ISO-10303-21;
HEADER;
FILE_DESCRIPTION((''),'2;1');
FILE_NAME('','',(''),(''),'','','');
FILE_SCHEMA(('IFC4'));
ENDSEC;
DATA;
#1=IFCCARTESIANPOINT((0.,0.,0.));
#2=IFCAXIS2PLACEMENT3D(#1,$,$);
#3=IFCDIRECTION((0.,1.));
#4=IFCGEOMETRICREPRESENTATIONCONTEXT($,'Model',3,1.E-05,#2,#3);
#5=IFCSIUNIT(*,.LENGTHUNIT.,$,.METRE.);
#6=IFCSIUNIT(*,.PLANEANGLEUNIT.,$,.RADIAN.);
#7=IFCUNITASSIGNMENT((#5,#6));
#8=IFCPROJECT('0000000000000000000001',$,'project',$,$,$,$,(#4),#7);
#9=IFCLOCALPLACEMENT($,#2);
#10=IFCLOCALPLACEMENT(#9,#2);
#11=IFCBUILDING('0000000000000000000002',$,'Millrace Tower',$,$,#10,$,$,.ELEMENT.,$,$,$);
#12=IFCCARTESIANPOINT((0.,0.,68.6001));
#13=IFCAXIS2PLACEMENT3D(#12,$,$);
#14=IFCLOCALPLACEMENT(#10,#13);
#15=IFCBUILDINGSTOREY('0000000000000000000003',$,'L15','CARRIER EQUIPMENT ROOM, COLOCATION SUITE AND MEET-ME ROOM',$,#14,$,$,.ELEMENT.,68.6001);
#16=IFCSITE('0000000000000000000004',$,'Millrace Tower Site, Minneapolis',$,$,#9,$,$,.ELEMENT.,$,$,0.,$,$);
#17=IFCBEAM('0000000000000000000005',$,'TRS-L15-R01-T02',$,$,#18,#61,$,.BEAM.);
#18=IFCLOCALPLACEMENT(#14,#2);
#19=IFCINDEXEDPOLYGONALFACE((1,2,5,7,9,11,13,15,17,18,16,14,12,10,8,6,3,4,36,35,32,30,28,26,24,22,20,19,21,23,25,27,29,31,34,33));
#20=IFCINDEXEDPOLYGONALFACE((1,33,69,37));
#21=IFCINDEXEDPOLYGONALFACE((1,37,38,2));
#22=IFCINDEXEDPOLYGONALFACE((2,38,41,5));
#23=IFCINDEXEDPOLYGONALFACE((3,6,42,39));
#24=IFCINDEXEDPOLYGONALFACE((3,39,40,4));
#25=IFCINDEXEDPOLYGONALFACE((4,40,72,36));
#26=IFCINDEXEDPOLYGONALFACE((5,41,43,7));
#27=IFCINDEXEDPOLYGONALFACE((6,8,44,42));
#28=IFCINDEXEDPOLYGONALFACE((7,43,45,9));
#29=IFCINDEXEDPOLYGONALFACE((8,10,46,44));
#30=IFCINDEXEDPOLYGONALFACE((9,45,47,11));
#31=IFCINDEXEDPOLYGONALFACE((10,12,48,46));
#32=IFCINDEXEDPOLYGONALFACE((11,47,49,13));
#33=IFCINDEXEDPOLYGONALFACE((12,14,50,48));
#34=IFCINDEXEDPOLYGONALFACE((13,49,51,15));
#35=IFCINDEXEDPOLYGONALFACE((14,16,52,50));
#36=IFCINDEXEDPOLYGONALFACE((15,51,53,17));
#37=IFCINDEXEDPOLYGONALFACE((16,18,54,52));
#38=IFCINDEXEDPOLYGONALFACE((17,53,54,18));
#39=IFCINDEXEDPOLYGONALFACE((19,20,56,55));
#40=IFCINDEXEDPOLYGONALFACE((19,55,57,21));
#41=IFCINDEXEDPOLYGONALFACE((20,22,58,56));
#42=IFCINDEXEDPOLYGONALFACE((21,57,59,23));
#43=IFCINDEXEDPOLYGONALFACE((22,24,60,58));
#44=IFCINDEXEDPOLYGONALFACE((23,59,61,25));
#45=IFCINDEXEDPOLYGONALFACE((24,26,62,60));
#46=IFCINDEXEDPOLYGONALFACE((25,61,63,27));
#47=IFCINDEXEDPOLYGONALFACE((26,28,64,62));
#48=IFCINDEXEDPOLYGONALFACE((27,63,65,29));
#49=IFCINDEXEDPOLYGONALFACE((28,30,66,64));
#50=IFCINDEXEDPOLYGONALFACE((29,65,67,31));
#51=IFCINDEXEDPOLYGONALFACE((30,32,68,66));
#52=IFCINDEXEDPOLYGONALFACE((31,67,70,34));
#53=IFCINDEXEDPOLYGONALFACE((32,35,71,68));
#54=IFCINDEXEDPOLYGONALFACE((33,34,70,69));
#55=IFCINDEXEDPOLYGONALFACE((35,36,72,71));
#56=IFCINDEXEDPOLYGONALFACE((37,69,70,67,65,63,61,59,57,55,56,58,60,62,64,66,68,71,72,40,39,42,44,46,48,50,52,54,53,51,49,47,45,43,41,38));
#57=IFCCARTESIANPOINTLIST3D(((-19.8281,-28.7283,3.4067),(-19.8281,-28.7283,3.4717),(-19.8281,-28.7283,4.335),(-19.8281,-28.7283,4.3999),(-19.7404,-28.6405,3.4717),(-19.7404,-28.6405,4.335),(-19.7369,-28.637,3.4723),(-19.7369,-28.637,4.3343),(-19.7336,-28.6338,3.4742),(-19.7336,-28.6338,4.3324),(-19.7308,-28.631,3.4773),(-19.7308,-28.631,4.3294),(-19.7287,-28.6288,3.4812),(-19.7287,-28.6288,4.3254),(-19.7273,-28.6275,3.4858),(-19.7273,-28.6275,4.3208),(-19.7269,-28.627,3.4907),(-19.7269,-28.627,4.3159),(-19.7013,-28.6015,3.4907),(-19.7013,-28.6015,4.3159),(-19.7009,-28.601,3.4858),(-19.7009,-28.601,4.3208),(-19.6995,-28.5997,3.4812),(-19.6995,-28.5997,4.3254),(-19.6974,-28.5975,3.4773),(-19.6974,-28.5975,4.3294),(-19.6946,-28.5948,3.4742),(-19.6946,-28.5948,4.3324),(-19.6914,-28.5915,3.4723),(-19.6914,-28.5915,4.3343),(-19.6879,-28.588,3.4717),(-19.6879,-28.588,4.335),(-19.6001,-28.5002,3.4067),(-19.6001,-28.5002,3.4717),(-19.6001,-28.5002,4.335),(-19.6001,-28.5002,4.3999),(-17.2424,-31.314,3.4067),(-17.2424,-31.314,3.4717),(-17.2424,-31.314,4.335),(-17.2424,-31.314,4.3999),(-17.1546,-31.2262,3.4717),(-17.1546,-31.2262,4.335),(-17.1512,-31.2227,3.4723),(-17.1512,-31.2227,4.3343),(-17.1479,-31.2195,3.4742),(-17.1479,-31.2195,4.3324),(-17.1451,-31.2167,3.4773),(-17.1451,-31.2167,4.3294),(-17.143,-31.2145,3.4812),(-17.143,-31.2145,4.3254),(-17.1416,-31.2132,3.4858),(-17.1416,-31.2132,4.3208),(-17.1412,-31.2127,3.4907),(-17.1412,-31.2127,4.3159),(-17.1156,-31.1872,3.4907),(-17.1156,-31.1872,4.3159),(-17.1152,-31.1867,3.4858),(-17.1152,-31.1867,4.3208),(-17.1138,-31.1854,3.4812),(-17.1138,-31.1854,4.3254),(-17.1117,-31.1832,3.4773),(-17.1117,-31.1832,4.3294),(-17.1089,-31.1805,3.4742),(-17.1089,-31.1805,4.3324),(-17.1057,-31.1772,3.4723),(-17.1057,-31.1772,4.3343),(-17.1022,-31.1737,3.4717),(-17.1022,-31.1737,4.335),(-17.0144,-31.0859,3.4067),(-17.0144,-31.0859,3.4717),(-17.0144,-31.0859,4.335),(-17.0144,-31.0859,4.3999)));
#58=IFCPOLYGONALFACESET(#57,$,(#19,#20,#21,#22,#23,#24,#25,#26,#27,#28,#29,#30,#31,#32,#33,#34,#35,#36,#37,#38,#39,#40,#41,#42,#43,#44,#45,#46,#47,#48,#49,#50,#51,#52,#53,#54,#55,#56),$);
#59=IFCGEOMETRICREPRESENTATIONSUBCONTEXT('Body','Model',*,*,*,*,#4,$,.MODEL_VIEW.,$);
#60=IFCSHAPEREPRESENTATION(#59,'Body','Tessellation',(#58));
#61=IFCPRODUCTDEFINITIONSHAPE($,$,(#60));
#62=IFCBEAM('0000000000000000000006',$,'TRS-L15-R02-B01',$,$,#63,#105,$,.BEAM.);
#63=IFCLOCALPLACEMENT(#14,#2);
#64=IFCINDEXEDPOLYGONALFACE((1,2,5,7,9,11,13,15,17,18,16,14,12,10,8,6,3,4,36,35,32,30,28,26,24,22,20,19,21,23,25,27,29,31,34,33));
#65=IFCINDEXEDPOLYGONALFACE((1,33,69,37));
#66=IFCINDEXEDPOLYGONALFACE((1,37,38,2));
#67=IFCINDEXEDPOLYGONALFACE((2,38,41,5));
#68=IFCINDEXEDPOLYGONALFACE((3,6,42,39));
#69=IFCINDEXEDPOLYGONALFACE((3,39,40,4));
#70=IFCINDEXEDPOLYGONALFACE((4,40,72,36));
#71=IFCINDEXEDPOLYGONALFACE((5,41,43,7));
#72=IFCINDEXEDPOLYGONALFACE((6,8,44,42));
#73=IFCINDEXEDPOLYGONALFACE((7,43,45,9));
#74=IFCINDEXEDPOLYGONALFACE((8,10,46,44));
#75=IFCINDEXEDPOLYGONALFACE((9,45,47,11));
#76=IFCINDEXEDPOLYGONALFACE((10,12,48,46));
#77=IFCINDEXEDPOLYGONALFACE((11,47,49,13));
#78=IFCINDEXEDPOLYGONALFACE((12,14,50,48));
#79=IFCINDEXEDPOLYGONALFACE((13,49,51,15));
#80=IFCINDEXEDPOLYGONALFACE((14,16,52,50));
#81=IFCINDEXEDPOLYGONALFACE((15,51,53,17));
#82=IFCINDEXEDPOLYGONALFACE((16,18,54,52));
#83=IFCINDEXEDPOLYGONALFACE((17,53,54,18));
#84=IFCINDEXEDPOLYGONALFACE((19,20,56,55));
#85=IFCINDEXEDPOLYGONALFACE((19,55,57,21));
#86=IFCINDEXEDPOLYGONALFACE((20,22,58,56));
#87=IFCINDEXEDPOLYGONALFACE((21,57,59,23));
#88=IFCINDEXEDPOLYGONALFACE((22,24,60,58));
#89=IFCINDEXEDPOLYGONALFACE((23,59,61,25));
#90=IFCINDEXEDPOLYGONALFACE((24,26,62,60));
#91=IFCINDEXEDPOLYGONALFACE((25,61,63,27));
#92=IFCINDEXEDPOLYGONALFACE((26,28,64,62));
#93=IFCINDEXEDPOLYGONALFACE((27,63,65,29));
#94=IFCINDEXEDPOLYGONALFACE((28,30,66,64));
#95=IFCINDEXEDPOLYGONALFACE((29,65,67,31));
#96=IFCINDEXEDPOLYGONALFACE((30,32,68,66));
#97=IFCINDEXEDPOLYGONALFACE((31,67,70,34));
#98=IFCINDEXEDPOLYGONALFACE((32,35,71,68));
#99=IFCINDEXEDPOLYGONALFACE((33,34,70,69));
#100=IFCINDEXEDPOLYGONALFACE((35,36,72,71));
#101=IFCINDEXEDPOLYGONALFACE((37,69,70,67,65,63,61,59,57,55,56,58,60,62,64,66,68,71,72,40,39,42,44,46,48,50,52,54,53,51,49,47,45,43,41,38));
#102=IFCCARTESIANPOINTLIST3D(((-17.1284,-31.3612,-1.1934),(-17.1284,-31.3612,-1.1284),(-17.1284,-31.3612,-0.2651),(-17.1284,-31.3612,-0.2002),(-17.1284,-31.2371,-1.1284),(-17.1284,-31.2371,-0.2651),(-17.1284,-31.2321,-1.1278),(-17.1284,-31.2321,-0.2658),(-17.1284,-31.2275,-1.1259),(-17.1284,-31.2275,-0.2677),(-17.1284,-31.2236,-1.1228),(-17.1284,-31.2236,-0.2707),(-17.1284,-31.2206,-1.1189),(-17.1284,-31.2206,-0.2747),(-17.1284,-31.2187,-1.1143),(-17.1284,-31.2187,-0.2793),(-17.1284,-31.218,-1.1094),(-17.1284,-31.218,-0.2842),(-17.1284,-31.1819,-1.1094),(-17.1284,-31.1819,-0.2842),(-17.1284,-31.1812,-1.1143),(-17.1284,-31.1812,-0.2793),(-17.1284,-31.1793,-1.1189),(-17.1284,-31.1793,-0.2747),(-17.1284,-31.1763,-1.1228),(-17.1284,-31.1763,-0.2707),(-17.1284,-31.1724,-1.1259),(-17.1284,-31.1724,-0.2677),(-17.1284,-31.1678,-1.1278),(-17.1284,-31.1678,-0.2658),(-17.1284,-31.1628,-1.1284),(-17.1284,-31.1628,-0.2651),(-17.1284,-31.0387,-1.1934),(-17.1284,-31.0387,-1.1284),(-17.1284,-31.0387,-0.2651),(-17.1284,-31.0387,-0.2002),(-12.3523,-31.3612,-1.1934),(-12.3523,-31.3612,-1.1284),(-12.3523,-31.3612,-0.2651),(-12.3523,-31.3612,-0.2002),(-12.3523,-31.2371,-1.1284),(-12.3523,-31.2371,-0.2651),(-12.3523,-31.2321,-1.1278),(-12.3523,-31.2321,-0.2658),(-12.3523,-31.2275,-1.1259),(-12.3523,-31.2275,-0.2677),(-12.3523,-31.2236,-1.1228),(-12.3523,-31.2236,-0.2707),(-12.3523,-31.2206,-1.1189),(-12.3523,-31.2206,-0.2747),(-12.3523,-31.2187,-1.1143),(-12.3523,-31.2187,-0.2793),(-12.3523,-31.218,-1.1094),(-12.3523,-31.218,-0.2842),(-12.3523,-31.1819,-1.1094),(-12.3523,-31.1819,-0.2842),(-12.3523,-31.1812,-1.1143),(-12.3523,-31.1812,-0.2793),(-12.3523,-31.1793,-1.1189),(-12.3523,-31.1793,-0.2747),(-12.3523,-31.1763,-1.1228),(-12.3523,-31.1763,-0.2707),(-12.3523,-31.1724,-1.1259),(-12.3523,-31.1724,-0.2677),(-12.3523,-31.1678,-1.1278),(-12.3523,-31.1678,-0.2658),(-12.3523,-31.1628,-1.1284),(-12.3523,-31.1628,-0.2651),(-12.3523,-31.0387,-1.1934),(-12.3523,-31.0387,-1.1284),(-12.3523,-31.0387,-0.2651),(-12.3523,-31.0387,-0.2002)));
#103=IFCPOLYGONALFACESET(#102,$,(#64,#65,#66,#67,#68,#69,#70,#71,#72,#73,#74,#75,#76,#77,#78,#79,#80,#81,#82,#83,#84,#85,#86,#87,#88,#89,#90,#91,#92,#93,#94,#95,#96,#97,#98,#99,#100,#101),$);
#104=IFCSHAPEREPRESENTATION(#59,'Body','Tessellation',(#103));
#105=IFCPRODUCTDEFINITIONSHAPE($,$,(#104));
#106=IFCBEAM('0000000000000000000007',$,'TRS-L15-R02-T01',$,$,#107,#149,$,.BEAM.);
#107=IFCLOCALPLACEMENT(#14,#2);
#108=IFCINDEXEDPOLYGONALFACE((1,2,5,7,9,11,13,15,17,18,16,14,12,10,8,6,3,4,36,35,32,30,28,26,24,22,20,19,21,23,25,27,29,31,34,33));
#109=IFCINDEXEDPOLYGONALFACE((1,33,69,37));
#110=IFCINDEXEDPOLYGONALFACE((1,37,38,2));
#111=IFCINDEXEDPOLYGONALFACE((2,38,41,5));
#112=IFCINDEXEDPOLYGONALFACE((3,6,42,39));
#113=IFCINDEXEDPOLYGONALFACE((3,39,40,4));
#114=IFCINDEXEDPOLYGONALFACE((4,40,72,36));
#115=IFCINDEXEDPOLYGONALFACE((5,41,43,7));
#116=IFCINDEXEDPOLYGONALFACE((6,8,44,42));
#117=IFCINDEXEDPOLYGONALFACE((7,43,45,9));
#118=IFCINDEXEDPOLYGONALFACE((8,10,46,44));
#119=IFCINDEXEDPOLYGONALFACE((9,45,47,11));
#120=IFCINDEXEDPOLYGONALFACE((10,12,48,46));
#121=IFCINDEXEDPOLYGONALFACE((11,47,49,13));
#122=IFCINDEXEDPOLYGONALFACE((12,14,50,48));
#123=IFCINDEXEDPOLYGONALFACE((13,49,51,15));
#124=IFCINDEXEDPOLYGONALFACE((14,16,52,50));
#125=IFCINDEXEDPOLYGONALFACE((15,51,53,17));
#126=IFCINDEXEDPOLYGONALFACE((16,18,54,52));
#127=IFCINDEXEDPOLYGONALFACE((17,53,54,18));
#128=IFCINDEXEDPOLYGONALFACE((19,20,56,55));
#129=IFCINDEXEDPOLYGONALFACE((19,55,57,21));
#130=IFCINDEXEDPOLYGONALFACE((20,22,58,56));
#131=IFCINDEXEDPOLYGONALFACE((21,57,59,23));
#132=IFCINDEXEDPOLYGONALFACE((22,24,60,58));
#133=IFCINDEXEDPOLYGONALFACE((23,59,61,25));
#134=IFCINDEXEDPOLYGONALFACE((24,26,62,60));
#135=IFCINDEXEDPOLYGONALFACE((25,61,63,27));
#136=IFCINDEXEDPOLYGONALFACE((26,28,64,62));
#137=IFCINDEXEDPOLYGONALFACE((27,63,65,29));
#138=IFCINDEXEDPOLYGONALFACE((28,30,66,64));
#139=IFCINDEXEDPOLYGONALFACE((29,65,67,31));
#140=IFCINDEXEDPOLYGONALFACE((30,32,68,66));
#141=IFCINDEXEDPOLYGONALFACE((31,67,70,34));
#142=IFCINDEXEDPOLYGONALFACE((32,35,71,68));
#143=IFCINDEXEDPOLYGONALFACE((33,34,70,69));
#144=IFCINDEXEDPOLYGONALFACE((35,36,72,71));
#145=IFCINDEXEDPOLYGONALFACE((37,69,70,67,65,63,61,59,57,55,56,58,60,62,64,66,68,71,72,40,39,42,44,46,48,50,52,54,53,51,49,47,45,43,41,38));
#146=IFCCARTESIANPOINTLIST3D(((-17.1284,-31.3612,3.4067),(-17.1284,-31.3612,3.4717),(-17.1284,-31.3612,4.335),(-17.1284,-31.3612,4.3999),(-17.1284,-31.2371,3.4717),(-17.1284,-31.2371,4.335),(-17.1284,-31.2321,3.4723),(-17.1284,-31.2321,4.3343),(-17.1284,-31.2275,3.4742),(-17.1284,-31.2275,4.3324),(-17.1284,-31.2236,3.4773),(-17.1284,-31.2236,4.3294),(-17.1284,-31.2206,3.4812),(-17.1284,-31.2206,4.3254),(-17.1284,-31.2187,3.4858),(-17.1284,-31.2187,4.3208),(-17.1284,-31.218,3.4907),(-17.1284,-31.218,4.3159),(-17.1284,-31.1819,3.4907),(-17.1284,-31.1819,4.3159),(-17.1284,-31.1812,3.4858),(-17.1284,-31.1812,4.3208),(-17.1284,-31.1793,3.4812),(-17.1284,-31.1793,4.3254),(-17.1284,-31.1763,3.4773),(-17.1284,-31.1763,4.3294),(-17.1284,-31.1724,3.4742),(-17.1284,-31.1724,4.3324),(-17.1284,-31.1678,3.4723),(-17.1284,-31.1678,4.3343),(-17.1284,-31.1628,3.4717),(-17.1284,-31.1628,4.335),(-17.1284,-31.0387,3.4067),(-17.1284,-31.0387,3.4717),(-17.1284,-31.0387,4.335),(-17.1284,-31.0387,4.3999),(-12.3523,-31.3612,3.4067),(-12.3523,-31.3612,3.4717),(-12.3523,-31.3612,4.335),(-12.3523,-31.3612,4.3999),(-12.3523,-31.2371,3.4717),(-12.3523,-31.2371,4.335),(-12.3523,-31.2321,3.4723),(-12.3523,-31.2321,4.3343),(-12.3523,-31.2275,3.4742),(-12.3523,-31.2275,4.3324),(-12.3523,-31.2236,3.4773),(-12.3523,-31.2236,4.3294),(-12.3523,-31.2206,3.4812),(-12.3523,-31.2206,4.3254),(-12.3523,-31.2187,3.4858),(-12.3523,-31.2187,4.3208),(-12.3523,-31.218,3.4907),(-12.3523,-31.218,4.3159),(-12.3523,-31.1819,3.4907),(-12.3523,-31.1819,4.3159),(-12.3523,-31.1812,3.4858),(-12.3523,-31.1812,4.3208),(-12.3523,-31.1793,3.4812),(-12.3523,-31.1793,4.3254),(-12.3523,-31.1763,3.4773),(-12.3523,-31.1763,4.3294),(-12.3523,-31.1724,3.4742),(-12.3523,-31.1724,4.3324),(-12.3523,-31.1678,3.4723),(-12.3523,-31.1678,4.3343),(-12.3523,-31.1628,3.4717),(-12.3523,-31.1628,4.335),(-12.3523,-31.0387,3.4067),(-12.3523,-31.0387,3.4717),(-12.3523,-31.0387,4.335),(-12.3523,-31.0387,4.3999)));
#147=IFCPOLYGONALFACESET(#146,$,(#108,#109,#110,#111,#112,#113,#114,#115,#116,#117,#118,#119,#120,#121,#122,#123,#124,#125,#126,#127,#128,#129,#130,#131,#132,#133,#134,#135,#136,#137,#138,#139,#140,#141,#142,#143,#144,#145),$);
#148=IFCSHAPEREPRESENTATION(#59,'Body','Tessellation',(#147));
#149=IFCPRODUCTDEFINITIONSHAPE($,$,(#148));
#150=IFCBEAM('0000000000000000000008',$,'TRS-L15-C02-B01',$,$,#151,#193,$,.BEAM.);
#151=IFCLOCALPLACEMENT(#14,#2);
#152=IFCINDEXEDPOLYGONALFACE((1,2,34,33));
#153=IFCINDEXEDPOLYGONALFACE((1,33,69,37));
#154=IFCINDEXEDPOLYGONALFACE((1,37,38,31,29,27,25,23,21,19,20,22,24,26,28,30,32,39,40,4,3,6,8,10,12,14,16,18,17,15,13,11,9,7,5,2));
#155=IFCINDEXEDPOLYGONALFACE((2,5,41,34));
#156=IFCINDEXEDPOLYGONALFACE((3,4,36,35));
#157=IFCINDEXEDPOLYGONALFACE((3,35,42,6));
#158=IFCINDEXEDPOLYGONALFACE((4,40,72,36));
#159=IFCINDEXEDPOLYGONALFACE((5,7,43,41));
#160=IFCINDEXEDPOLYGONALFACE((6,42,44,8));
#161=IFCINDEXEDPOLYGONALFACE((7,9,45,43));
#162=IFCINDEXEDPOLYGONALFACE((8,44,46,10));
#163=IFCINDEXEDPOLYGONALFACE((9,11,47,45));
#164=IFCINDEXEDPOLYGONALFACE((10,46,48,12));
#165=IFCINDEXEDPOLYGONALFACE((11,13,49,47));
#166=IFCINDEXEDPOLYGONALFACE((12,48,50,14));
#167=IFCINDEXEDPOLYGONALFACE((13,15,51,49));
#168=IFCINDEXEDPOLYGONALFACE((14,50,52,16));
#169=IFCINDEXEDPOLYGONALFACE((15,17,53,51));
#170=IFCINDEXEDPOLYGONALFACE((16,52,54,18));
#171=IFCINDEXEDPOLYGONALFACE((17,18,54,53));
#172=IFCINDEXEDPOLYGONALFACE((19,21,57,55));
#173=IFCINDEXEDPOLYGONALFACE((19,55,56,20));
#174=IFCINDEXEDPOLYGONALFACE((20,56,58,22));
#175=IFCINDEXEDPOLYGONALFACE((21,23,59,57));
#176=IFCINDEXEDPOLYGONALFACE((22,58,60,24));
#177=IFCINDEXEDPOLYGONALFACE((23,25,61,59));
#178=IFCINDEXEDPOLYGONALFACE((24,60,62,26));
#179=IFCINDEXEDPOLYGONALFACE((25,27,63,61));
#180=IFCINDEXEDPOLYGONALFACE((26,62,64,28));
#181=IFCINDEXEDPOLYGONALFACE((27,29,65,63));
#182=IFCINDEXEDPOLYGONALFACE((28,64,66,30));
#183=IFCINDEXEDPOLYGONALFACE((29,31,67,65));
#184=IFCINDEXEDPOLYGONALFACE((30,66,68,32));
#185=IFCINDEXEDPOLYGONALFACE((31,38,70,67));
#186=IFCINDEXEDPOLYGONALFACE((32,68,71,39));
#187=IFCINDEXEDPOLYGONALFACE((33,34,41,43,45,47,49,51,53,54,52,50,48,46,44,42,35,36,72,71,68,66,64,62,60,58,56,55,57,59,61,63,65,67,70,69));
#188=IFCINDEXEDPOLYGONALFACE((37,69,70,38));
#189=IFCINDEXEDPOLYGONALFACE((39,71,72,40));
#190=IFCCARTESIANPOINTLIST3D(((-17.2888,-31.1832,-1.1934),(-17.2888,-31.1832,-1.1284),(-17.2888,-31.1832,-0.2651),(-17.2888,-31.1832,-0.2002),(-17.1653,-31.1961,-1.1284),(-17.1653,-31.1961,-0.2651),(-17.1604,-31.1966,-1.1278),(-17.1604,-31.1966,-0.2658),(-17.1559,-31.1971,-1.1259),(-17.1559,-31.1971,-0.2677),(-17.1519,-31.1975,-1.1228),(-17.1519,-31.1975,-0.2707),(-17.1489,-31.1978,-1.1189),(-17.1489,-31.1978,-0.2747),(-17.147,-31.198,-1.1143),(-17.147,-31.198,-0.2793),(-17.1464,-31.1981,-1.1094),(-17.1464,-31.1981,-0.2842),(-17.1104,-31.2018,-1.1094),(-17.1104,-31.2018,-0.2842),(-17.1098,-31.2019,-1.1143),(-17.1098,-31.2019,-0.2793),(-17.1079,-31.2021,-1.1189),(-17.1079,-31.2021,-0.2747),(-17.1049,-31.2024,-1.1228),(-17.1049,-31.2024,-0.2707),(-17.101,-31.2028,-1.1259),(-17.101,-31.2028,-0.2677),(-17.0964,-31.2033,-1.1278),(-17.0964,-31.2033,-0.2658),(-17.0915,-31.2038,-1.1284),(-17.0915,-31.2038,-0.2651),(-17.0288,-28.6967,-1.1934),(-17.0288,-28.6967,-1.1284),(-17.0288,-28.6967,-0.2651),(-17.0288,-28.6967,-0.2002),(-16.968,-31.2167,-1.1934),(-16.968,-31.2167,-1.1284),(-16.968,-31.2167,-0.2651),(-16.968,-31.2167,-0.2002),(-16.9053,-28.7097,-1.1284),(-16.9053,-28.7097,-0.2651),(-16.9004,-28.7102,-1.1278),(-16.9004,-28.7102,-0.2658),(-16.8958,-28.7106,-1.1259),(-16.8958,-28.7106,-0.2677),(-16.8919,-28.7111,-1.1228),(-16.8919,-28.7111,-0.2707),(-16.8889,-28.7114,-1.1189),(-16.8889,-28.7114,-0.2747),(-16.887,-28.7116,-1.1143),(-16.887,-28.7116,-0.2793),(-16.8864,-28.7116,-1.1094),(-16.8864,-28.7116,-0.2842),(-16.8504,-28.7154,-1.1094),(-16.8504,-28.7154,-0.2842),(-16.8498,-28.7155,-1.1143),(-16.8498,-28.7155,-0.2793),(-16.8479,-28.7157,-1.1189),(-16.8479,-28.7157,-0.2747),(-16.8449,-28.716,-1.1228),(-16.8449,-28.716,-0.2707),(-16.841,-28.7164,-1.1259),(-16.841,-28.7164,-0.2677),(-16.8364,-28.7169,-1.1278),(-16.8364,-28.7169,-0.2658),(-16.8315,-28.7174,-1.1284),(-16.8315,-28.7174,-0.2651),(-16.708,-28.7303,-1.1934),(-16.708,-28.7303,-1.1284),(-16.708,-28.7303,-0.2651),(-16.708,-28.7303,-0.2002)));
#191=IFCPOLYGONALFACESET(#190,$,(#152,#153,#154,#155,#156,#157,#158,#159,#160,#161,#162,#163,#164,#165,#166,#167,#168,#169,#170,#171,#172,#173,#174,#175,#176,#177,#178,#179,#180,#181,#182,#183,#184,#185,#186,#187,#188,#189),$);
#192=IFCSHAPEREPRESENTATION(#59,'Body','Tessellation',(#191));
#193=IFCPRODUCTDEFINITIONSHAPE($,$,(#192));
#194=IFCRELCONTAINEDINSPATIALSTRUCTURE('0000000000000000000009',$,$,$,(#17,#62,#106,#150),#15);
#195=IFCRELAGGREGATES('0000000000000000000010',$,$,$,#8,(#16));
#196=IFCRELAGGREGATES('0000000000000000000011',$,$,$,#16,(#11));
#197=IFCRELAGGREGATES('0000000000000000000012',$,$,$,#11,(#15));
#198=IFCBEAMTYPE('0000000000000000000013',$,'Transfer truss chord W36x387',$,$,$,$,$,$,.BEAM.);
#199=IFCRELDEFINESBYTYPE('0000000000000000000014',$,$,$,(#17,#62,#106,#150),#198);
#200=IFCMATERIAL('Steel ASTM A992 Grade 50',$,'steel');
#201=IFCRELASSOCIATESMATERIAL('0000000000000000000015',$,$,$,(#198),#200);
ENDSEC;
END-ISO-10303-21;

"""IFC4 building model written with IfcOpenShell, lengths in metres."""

from ifc_helpers import new_model, si_unit, direction, frame, origin, origin_2d, place, context, subcontext, project, spatial, i_section, extrude, material, material_profile, profile_set, type_object, element, save


model = new_model("IFC4")

# Units and contexts
model_context = context("Model", 3, precision=1e-05, world=origin(), true_north=direction((0.0, 1.0)))
body_context = subcontext(model_context, "Body", "Model", "MODEL_VIEW")
ifc_project = project(units=[si_unit("LENGTHUNIT", "METRE"), si_unit("PLANEANGLEUNIT", "RADIAN")], contexts=[model_context])

# Site, building, storey
site_placement = place(None, origin())
site = spatial("IfcSite", under=ifc_project, at=site_placement, Name="Millrace Tower Site, Minneapolis", CompositionType="ELEMENT", RefElevation=0.0)
building_placement = place(site_placement, origin())
building = spatial("IfcBuilding", under=site, at=building_placement, Name="Millrace Tower", CompositionType="ELEMENT")
storey_placement = place(building_placement, frame((0.0, 0.0, 68.6001)))
storey = spatial("IfcBuildingStorey", under=building, at=storey_placement, Name="L15", Description="CARRIER EQUIPMENT ROOM, COLOCATION SUITE AND MEET-ME ROOM", CompositionType="ELEMENT", Elevation=68.6001)

# Beams
ifc_material_1 = material(Name="Steel ASTM A992 Grade 50", Category="steel")
ifc_material_profile_1 = material_profile(ifc_material_1, i_section(OverallWidth=0.3225, OverallDepth=0.9932, WebThickness=0.0361, FlangeThickness=0.0649, FilletRadius=0.019, at=origin_2d()))
ifc_profile_set_1 = profile_set([ifc_material_profile_1], Name="Steel ASTM A992 Grade 50")
beam_type_1 = type_object("IfcBeamType", Name="Transfer truss chord W36x387", PredefinedType="BEAM", material=ifc_profile_set_1)
for number, where, z_axis, x_axis, name in (
    (1, (-19.7141, -28.6143, 3.9033), (0.707107, -0.707107, 0.0), (0.707107, 0.707107, 0.0), "TRS-L15-R01-T02"),
):
    element("IfcBeam", number, at=place(storey_placement, frame(where, z_axis=z_axis, x_axis=x_axis)), inside=storey, type_object=beam_type_1, Name=name, PredefinedType="BEAM", context=body_context, shape_type="SweptSolid", body=[
        extrude(i_section(OverallWidth=0.3225, OverallDepth=0.9932, WebThickness=0.0361, FlangeThickness=0.0649, FilletRadius=0.019, at=origin_2d()), origin(), (0.0, 0.0, 1.0), 3.6567),
    ])
for number, where, z_axis, x_axis, name in (
    (2, (-17.1284, -31.2, -0.6968), (1.0, 0.0, 0.0), (0.0, 1.0, 0.0), "TRS-L15-R02-B01"),
    (3, (-17.1284, -31.2, 3.9033), (1.0, 0.0, 0.0), (0.0, 1.0, 0.0), "TRS-L15-R02-T01"),
):
    element("IfcBeam", number, at=place(storey_placement, frame(where, z_axis=z_axis, x_axis=x_axis)), inside=storey, type_object=beam_type_1, Name=name, PredefinedType="BEAM", context=body_context, shape_type="SweptSolid", body=[
        extrude(i_section(OverallWidth=0.3225, OverallDepth=0.9932, WebThickness=0.0361, FlangeThickness=0.0649, FilletRadius=0.019, at=origin_2d()), origin(), (0.0, 0.0, 1.0), 4.7761),
    ])
for number, where, z_axis, x_axis, name in (
    (4, (-17.1284, -31.2, -0.6968), (0.104009, 0.994576, 0.0), (-0.994576, 0.104009, 0.0), "TRS-L15-C02-B01"),
):
    element("IfcBeam", number, at=place(storey_placement, frame(where, z_axis=z_axis, x_axis=x_axis)), inside=storey, type_object=beam_type_1, Name=name, PredefinedType="BEAM", context=body_context, shape_type="SweptSolid", body=[
        extrude(i_section(OverallWidth=0.3225, OverallDepth=0.9932, WebThickness=0.0361, FlangeThickness=0.0649, FilletRadius=0.019, at=origin_2d()), origin(), (0.0, 0.0, 1.0), 2.5),
    ])

save(model, "model.ifc")
